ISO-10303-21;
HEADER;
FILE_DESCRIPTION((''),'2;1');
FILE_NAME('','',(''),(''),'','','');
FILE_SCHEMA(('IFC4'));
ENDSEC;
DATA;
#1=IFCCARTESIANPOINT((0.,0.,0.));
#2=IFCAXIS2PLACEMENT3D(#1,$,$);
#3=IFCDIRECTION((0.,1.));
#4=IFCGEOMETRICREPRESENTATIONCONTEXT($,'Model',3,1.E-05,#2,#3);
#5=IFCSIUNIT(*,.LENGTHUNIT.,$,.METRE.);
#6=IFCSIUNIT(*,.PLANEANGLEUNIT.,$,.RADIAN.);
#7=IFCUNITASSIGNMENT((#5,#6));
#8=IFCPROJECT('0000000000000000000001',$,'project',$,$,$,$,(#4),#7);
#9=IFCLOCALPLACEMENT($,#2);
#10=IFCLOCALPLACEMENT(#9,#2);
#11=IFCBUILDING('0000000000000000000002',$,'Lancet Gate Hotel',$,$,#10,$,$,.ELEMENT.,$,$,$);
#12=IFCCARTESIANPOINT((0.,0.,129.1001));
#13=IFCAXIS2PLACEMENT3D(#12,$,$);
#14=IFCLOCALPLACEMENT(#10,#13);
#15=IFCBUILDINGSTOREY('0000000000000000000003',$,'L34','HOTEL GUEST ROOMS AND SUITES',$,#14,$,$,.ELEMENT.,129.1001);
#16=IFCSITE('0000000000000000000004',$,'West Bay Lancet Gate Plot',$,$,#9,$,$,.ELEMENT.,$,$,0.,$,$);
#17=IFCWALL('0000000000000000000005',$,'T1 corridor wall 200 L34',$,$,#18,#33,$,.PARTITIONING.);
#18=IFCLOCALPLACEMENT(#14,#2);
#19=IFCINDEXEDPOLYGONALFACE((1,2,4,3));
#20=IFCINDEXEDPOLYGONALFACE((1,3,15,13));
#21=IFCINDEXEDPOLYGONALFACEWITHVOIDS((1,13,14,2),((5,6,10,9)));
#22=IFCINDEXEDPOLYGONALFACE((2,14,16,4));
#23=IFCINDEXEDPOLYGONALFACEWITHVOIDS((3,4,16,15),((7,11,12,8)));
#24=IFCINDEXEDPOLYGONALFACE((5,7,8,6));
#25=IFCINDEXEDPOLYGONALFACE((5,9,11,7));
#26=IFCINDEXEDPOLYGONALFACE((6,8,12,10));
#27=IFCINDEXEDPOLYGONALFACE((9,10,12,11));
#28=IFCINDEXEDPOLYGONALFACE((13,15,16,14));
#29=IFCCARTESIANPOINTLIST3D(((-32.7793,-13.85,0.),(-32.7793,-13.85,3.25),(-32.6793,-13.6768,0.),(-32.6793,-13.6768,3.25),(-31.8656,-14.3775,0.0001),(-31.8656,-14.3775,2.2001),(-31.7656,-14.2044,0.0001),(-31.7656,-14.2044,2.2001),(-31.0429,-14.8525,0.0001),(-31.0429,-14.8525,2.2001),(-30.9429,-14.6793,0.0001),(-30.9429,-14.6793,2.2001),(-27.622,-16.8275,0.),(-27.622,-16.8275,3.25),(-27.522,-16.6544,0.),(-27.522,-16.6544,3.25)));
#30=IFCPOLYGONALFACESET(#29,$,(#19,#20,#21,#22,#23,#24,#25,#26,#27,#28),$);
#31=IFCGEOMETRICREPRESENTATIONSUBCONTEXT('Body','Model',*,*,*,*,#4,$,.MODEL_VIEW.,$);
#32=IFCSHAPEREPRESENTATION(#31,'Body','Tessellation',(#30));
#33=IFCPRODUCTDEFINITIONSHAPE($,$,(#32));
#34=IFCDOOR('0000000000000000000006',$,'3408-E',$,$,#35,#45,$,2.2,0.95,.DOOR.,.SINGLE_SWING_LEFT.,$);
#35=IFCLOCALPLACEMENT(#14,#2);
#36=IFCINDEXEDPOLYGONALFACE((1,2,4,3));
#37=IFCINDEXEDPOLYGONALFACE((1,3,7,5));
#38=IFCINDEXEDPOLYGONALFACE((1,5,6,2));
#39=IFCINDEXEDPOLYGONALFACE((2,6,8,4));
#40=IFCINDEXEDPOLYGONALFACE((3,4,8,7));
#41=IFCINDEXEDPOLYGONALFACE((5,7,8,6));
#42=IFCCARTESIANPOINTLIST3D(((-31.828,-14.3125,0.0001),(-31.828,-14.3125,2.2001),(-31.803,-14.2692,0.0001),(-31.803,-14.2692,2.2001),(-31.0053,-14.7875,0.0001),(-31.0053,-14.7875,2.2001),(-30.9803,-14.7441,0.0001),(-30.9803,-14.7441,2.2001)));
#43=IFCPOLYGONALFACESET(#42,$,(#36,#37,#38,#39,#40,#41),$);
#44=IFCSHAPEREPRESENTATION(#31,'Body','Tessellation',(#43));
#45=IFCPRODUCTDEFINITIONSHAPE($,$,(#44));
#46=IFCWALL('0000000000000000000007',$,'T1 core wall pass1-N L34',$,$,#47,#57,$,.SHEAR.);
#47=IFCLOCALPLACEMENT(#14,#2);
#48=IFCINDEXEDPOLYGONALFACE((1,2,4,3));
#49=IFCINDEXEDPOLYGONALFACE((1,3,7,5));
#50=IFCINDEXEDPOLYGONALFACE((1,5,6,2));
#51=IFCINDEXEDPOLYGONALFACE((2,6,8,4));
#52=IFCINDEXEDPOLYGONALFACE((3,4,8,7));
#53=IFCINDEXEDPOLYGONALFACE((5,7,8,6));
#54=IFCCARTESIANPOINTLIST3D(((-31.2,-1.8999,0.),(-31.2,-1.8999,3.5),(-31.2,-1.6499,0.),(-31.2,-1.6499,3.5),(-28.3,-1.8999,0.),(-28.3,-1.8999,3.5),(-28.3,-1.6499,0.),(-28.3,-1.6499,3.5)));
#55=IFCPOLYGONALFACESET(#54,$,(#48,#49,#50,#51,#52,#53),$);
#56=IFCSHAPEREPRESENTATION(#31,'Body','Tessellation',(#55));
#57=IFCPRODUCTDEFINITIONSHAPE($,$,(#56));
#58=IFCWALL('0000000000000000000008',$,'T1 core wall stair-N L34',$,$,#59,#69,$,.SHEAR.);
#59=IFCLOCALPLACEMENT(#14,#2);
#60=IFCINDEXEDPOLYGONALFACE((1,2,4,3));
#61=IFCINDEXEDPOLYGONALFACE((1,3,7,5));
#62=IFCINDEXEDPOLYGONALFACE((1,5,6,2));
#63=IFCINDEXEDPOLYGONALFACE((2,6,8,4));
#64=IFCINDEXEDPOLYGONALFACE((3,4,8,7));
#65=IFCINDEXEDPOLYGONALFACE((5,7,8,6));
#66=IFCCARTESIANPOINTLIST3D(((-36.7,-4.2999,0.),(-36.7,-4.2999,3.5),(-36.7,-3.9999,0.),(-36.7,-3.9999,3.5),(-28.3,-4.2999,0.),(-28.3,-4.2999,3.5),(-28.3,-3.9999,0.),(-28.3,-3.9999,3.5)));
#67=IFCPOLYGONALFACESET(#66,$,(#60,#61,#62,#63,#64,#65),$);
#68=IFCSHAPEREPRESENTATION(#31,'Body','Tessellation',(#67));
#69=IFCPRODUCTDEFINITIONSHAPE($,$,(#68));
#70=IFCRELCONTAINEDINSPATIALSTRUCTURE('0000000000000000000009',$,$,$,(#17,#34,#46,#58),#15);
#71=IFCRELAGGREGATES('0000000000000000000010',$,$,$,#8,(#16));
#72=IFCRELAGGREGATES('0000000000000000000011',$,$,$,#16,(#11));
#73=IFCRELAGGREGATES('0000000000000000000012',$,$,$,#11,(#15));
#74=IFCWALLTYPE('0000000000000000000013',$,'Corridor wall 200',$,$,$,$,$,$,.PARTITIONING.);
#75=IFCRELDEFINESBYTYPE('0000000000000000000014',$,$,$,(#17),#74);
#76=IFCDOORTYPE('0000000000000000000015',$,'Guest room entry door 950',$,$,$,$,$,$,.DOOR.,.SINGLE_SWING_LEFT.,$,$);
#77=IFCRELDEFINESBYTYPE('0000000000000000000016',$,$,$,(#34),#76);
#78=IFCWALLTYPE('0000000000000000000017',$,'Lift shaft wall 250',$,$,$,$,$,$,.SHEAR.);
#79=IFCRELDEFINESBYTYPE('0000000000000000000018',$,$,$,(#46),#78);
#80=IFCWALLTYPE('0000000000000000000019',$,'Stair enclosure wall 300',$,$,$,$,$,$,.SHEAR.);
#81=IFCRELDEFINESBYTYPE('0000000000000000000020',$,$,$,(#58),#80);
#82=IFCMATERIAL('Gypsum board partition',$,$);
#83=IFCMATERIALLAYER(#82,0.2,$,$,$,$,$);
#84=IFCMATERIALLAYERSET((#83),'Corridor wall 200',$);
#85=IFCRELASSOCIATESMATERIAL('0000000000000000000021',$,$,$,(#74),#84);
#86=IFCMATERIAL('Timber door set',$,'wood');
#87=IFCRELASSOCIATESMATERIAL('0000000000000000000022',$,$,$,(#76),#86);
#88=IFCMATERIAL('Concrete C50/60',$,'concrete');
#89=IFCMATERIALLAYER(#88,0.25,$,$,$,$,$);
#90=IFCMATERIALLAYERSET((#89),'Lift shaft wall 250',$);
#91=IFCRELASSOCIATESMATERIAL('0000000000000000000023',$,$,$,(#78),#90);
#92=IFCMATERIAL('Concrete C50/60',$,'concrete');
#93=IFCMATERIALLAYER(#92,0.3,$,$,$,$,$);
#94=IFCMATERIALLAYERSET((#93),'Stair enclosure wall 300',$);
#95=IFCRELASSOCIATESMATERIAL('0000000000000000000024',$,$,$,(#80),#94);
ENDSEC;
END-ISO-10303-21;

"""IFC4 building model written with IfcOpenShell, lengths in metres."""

from ifc_helpers import new_model, si_unit, direction, frame, frame_2d, origin, place, context, subcontext, project, spatial, rectangle, extrude, material, layer, layer_set, type_object, element, fill, save


model = new_model("IFC4")

# Units and contexts
model_context = context("Model", 3, precision=1e-05, world=origin(), true_north=direction((0.0, 1.0)))
body_context = subcontext(model_context, "Body", "Model", "MODEL_VIEW")
ifc_project = project(units=[si_unit("LENGTHUNIT", "METRE"), si_unit("PLANEANGLEUNIT", "RADIAN")], contexts=[model_context])

# Site, building, storey
site_placement = place(None, origin())
site = spatial("IfcSite", under=ifc_project, at=site_placement, Name="West Bay Lancet Gate Plot", CompositionType="ELEMENT", RefElevation=0.0)
building_placement = place(site_placement, origin())
building = spatial("IfcBuilding", under=site, at=building_placement, Name="Lancet Gate Hotel", CompositionType="ELEMENT")
storey_placement = place(building_placement, frame((0.0, 0.0, 129.1001)))
storey = spatial("IfcBuildingStorey", under=building, at=storey_placement, Name="L34", Description="HOTEL GUEST ROOMS AND SUITES", CompositionType="ELEMENT", Elevation=129.1001)

# Wall, opening, door
ifc_material_1 = material(Name="Gypsum board partition")
ifc_layer_1 = layer(ifc_material_1, 0.2)
ifc_layer_set_1 = layer_set([ifc_layer_1], Name="Corridor wall 200")
wall_type_1 = type_object("IfcWallType", Name="Corridor wall 200", PredefinedType="PARTITIONING", material=ifc_layer_set_1)
wall_1_placement = place(storey_placement, frame((-27.572, -16.741, 0.0), z_axis=(0.0, 0.0, 1.0), x_axis=(-0.866024, 0.500002, 0.0)))
wall_1 = element("IfcWall", 1, at=wall_1_placement, inside=storey, type_object=wall_type_1, Name="T1 corridor wall 200 L34", PredefinedType="PARTITIONING", context=body_context, shape_type="SweptSolid", body=[
    extrude(rectangle(XDim=5.9551, YDim=0.2, at=frame_2d((2.9775, 0.0))), origin(), (0.0, 0.0, 1.0), 3.25),
])
opening_1_placement = place(wall_1_placement, frame((3.95, 0.0, 0.0)))
opening_1 = element("IfcOpeningElement", 2, at=opening_1_placement, cuts=wall_1, PredefinedType="OPENING", context=body_context, shape_type="SweptSolid", body=[
    extrude(rectangle(XDim=0.95, YDim=2.2, at=frame_2d((0.4751, 1.1001))), frame((0.0, 0.1099, 0.0), z_axis=(0.0, -1.0, 0.0), x_axis=(1.0, 0.0, 0.0)), (0.0, 0.0, 1.0), 0.22),
])
ifc_material_2 = material(Name="Timber door set", Category="wood")
door_type_1 = type_object("IfcDoorType", Name="Guest room entry door 950", OperationType="SINGLE_SWING_LEFT", PredefinedType="DOOR", material=ifc_material_2)
door_1_placement = place(opening_1_placement, origin())
door_1 = element("IfcDoor", 3, at=door_1_placement, inside=storey, type_object=door_type_1, Name="3408-E", OperationType="SINGLE_SWING_LEFT", OverallHeight=2.2, OverallWidth=0.95, PredefinedType="DOOR", context=body_context, shape_type="SweptSolid", body=[
    extrude(rectangle(XDim=0.95, YDim=2.2, at=frame_2d((0.4751, 1.1001))), frame((0.0, 0.0249, 0.0), z_axis=(0.0, -1.0, 0.0), x_axis=(1.0, 0.0, 0.0)), (0.0, 0.0, 1.0), 0.05),
])
fill(opening_1, door_1)

# Walls
ifc_material_3 = material(Name="Concrete C50/60", Category="concrete")
ifc_layer_2 = layer(ifc_material_3, 0.25)
ifc_layer_set_2 = layer_set([ifc_layer_2], Name="Lift shaft wall 250")
wall_type_2 = type_object("IfcWallType", Name="Lift shaft wall 250", PredefinedType="SHEAR", material=ifc_layer_set_2)
wall_2_placement = place(storey_placement, frame((-28.3, -1.7749, 0.0), z_axis=(0.0, 0.0, 1.0), x_axis=(-1.0, 0.0, 0.0)))
element("IfcWall", 4, at=wall_2_placement, inside=storey, type_object=wall_type_2, Name="T1 core wall pass1-N L34", PredefinedType="SHEAR", context=body_context, shape_type="SweptSolid", body=[
    extrude(rectangle(XDim=2.8999, YDim=0.25, at=frame_2d((1.45, 0.0))), origin(), (0.0, 0.0, 1.0), 3.5),
])
ifc_material_4 = material(Name="Concrete C50/60", Category="concrete")
ifc_layer_3 = layer(ifc_material_4, 0.3)
ifc_layer_set_3 = layer_set([ifc_layer_3], Name="Stair enclosure wall 300")
wall_type_3 = type_object("IfcWallType", Name="Stair enclosure wall 300", PredefinedType="SHEAR", material=ifc_layer_set_3)
wall_3_placement = place(storey_placement, frame((-28.3, -4.1499, 0.0), z_axis=(0.0, 0.0, 1.0), x_axis=(-1.0, 0.0, 0.0)))
element("IfcWall", 5, at=wall_3_placement, inside=storey, type_object=wall_type_3, Name="T1 core wall stair-N L34", PredefinedType="SHEAR", context=body_context, shape_type="SweptSolid", body=[
    extrude(rectangle(XDim=8.3999, YDim=0.3, at=frame_2d((4.2, 0.0))), origin(), (0.0, 0.0, 1.0), 3.5),
])

save(model, "model.ifc")
